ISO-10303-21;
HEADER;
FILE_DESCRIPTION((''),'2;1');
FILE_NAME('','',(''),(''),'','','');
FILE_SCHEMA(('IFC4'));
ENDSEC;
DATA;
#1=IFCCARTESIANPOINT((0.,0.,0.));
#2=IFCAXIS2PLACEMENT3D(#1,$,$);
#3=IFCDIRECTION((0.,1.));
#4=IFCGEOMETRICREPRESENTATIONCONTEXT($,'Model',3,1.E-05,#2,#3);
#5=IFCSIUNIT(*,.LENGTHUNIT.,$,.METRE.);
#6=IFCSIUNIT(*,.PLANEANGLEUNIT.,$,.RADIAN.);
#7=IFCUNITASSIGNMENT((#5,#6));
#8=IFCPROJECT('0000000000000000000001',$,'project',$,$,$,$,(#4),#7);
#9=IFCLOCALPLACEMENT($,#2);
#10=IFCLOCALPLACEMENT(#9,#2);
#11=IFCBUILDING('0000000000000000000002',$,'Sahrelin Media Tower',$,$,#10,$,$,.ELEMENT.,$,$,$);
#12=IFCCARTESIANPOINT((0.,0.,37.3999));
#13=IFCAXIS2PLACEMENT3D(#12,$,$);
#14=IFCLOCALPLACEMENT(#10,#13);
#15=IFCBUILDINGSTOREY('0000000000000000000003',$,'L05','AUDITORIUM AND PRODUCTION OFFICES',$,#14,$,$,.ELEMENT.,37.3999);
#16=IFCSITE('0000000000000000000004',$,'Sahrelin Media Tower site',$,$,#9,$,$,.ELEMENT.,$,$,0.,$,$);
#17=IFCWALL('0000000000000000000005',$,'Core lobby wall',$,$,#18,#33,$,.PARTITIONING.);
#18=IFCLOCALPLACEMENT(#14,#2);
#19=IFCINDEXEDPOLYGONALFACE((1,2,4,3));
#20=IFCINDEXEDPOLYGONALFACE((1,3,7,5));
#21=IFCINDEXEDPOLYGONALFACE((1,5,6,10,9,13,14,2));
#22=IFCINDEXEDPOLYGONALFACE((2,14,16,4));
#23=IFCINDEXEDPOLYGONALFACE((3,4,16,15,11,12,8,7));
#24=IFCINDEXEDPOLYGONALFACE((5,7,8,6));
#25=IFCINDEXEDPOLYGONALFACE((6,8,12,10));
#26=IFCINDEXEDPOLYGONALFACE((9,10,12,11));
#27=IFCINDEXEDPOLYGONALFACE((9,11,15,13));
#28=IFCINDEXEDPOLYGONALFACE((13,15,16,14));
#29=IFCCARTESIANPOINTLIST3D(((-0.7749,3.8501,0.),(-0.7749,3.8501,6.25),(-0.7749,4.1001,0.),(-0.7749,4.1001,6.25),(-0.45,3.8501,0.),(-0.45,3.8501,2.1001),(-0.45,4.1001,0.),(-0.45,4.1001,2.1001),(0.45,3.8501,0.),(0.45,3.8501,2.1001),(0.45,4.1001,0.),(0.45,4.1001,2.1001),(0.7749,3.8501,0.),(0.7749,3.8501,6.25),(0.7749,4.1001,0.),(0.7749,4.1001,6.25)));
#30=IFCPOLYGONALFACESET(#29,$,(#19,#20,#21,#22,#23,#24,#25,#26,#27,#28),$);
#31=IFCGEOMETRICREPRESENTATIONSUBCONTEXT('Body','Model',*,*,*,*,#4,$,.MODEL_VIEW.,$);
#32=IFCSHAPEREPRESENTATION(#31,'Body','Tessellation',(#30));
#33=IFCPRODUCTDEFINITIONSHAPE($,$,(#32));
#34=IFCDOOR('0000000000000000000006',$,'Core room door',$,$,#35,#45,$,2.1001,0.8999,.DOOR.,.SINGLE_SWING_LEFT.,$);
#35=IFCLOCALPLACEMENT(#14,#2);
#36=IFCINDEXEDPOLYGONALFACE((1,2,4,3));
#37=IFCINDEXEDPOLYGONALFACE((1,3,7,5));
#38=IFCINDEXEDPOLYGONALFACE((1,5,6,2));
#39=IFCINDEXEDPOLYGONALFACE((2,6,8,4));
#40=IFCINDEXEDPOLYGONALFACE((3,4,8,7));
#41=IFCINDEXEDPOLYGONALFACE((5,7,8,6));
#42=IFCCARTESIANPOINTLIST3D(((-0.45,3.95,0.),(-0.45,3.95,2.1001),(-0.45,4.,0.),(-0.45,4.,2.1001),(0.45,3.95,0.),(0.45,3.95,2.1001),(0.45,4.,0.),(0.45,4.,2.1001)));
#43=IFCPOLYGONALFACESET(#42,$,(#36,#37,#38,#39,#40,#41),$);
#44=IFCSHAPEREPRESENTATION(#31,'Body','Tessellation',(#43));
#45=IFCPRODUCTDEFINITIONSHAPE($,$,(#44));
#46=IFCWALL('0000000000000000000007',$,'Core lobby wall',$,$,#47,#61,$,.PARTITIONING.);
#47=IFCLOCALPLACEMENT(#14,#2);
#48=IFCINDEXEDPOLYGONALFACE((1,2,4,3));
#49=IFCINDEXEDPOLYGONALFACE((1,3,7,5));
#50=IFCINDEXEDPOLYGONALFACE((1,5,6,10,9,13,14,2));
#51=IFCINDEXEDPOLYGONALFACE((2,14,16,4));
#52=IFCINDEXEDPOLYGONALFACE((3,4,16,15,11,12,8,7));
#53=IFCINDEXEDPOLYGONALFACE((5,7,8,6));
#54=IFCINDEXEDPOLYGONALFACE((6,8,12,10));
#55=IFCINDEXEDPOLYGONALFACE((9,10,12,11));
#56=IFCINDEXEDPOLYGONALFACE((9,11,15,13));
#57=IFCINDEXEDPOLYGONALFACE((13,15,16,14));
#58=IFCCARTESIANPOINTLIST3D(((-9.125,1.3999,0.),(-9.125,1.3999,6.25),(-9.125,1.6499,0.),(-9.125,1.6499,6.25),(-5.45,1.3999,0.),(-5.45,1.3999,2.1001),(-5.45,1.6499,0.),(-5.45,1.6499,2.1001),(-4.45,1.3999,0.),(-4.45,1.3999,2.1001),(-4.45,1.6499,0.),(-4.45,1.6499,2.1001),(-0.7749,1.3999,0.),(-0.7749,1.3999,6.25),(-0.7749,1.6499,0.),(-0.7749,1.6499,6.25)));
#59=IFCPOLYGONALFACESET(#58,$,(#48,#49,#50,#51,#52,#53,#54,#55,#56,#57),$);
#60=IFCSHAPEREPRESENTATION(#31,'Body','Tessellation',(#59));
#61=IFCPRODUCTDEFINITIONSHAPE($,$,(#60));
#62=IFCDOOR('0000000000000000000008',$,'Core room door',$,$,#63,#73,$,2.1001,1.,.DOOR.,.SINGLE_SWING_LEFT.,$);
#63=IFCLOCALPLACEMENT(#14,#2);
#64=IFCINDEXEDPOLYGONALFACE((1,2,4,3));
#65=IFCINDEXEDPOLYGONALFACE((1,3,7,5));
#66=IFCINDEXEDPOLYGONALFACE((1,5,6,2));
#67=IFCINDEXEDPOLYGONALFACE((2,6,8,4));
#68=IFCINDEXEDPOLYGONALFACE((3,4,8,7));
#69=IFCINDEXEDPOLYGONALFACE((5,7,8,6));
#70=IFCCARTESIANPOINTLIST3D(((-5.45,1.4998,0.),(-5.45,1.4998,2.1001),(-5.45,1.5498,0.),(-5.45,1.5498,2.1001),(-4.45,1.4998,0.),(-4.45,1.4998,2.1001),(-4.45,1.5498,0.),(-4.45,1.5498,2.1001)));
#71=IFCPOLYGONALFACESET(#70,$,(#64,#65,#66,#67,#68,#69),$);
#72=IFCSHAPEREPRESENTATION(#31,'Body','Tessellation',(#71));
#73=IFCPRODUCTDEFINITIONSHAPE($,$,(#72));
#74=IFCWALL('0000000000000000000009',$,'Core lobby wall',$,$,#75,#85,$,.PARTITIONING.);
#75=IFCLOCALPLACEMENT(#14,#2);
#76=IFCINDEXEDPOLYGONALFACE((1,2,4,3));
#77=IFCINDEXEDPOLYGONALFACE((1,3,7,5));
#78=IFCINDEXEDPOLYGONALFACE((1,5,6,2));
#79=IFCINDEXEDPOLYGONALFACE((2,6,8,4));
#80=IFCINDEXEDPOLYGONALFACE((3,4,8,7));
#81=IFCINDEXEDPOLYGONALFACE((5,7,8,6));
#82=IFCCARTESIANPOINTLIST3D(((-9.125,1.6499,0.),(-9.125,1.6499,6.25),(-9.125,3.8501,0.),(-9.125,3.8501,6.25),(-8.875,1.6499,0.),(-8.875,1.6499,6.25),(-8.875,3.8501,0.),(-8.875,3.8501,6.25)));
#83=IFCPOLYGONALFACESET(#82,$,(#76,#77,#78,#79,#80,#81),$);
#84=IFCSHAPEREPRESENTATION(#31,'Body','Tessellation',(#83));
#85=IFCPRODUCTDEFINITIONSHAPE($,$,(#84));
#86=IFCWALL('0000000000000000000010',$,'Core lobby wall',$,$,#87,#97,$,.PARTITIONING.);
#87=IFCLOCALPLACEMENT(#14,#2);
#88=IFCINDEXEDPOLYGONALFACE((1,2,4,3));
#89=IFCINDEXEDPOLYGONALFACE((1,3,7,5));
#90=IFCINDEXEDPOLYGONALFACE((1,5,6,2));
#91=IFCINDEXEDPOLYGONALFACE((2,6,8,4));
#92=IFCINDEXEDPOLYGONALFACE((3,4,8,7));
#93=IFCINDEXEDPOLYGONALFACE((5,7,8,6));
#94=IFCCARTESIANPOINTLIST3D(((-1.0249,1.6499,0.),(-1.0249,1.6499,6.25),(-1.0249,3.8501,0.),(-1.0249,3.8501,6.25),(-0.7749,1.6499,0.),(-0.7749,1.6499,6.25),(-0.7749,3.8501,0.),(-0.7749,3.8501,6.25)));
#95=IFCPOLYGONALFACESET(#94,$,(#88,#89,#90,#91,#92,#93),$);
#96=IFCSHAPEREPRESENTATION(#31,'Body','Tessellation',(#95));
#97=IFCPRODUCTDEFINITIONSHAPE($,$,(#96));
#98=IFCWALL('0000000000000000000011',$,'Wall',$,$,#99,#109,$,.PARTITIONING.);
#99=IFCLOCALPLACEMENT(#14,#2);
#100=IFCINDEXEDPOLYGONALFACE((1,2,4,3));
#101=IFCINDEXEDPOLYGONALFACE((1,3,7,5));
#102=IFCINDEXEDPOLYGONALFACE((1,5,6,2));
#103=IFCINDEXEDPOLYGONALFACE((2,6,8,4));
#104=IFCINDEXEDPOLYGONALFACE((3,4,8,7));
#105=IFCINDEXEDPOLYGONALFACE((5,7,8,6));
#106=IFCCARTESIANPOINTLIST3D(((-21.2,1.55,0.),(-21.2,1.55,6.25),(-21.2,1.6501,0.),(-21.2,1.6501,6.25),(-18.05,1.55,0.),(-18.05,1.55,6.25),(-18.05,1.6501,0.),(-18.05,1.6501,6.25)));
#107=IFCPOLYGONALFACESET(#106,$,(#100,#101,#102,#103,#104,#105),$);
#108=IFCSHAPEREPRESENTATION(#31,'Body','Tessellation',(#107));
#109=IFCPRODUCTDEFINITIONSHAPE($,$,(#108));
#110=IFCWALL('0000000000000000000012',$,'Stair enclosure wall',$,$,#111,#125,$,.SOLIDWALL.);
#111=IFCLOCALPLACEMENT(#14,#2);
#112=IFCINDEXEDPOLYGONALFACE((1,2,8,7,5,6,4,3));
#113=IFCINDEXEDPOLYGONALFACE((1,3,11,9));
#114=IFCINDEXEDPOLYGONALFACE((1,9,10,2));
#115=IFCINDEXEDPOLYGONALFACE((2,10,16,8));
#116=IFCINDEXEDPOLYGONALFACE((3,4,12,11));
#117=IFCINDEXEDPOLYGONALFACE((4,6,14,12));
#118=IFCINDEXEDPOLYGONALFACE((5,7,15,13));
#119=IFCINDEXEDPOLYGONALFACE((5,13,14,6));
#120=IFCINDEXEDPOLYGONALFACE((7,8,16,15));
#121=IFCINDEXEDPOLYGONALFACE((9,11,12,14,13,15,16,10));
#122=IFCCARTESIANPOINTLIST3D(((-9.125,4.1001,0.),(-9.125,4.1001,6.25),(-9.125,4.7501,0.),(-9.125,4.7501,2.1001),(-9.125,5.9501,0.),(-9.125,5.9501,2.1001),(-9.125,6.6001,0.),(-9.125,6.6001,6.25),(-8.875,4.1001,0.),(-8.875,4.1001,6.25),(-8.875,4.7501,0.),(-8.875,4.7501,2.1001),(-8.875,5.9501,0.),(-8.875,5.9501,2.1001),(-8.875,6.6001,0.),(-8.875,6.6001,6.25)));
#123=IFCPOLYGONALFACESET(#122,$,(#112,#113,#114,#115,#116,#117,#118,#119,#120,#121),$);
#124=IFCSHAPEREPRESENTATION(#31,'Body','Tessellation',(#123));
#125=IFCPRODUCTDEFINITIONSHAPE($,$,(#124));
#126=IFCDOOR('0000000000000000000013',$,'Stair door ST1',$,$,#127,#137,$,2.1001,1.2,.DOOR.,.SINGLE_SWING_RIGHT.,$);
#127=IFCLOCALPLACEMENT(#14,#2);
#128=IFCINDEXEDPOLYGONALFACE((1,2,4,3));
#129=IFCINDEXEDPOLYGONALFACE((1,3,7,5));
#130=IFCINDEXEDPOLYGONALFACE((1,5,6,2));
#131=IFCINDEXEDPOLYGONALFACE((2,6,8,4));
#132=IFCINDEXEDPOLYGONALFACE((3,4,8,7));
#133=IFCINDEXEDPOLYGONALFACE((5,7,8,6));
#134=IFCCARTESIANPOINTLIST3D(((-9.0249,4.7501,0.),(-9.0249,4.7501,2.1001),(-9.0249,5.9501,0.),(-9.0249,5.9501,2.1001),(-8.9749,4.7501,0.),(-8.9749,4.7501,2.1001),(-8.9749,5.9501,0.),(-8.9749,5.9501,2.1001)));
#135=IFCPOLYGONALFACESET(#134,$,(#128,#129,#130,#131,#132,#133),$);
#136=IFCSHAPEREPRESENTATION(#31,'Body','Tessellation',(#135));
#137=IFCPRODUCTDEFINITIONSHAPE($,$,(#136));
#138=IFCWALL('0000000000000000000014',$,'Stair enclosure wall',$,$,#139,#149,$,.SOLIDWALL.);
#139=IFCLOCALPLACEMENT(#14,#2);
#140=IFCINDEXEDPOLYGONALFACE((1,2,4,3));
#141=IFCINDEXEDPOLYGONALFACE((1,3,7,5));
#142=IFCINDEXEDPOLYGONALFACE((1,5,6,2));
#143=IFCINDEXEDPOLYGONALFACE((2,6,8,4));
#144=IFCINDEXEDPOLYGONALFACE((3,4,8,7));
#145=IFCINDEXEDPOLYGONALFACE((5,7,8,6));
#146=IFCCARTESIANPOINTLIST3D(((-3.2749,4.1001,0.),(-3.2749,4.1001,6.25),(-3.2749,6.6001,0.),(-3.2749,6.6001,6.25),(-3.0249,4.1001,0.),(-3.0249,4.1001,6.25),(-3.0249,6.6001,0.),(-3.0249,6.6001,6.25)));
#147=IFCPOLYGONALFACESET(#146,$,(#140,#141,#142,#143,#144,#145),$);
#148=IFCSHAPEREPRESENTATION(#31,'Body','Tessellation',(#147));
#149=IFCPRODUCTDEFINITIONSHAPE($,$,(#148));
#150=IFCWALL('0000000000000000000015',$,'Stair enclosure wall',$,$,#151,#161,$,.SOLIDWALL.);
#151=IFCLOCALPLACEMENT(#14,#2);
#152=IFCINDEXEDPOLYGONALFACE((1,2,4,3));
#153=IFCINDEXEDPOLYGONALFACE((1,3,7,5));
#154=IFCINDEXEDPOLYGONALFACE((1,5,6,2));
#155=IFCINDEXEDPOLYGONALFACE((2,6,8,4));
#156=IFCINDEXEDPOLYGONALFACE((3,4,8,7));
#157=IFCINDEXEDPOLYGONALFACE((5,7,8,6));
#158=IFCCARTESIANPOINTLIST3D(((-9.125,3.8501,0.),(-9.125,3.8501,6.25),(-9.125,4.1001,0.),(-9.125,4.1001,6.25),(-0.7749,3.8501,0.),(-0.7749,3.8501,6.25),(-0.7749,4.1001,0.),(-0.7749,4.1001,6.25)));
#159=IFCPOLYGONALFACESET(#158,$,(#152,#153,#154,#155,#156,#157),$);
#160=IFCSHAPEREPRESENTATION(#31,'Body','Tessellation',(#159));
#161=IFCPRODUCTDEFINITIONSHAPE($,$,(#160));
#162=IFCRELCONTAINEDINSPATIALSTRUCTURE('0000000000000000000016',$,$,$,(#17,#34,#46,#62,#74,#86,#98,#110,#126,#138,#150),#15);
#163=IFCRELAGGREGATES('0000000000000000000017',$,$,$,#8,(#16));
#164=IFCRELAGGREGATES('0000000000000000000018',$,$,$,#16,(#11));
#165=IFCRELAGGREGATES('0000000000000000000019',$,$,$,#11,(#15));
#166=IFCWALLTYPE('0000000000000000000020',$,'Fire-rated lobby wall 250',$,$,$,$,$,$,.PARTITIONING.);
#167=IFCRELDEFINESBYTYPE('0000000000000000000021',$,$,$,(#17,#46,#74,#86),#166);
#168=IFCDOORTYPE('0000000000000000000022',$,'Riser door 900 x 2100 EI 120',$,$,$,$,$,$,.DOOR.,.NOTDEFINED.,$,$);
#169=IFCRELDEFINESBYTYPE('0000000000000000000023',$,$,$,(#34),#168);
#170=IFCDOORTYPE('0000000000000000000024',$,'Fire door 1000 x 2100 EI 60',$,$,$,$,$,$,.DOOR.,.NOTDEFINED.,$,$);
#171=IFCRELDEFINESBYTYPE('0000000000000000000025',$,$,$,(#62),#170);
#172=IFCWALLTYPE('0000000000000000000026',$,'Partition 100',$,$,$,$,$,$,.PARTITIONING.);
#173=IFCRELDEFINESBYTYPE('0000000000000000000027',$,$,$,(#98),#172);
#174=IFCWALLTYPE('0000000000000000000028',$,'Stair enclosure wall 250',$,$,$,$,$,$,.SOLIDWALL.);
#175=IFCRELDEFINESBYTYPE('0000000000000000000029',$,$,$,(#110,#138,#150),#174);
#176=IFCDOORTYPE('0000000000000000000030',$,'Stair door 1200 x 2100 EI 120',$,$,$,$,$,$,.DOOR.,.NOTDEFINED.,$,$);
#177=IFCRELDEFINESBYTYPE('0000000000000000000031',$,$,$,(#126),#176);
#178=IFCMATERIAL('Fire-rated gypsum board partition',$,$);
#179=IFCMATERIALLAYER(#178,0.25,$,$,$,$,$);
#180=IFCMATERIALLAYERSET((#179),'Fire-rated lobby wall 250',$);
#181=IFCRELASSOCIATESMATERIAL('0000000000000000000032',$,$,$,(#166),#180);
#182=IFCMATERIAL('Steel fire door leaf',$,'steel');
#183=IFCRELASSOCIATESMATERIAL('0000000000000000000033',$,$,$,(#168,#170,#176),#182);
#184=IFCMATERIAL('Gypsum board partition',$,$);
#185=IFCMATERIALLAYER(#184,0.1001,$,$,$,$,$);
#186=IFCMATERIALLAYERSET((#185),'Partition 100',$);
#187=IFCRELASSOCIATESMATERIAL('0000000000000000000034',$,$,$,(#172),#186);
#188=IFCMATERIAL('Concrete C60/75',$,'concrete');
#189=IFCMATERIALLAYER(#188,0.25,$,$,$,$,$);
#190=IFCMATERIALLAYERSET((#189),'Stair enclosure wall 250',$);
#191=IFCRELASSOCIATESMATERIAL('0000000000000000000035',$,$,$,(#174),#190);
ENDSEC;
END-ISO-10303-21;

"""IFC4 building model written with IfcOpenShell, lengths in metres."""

from ifc_helpers import new_model, si_unit, direction, frame, frame_2d, origin, place, context, subcontext, project, spatial, rectangle, extrude, material, layer, layer_set, type_object, element, fill, save


model = new_model("IFC4")

# Units and contexts
model_context = context("Model", 3, precision=1e-05, world=origin(), true_north=direction((0.0, 1.0)))
body_context = subcontext(model_context, "Body", "Model", "MODEL_VIEW")
ifc_project = project(units=[si_unit("LENGTHUNIT", "METRE"), si_unit("PLANEANGLEUNIT", "RADIAN")], contexts=[model_context])

# Site, building, storey
site_placement = place(None, origin())
site = spatial("IfcSite", under=ifc_project, at=site_placement, Name="Sahrelin Media Tower site", CompositionType="ELEMENT", RefElevation=0.0)
building_placement = place(site_placement, origin())
building = spatial("IfcBuilding", under=site, at=building_placement, Name="Sahrelin Media Tower", CompositionType="ELEMENT")
storey_placement = place(building_placement, frame((0.0, 0.0, 37.3999)))
storey = spatial("IfcBuildingStorey", under=building, at=storey_placement, Name="L05", Description="AUDITORIUM AND PRODUCTION OFFICES", CompositionType="ELEMENT", Elevation=37.3999)

# Walls, openings, doors
ifc_material_1 = material(Name="Fire-rated gypsum board partition")
ifc_layer_1 = layer(ifc_material_1, 0.25)
ifc_layer_set_1 = layer_set([ifc_layer_1], Name="Fire-rated lobby wall 250")
wall_type_1 = type_object("IfcWallType", Name="Fire-rated lobby wall 250", PredefinedType="PARTITIONING", material=ifc_layer_set_1)
wall_1_placement = place(storey_placement, frame((-0.7749, 3.9751, 0.0), z_axis=(0.0, 0.0, 1.0), x_axis=(1.0, 0.0, 0.0)))
wall_1 = element("IfcWall", 1, at=wall_1_placement, inside=storey, type_object=wall_type_1, Name="Core lobby wall", PredefinedType="PARTITIONING", context=body_context, shape_type="SweptSolid", body=[
    extrude(rectangle(XDim=1.5498, YDim=0.25, at=frame_2d((0.7749, 0.0))), origin(), (0.0, 0.0, 1.0), 6.25),
])
opening_1_placement = place(wall_1_placement, frame((0.325, 0.0, 0.0)))
opening_1 = element("IfcOpeningElement", 2, at=opening_1_placement, cuts=wall_1, PredefinedType="OPENING", context=body_context, shape_type="SweptSolid", body=[
    extrude(rectangle(XDim=0.8999, YDim=2.1001, at=frame_2d((0.45, 1.05))), frame((0.0, 0.125, 0.0), z_axis=(0.0, -1.0, 0.0), x_axis=(1.0, 0.0, 0.0)), (0.0, 0.0, 1.0), 0.25),
])
ifc_material_2 = material(Name="Steel fire door leaf", Category="steel")
door_type_1 = type_object("IfcDoorType", Name="Riser door 900 x 2100 EI 120", OperationType="NOTDEFINED", PredefinedType="DOOR", material=ifc_material_2)
door_1_placement = place(opening_1_placement, origin())
door_1 = element("IfcDoor", 3, at=door_1_placement, inside=storey, type_object=door_type_1, Name="Core room door", OperationType="SINGLE_SWING_LEFT", OverallHeight=2.1001, OverallWidth=0.8999, PredefinedType="DOOR", context=body_context, shape_type="SweptSolid", body=[
    extrude(rectangle(XDim=0.8999, YDim=2.1001, at=frame_2d((0.45, 1.05))), frame((0.0, 0.0249, 0.0), z_axis=(0.0, -1.0, 0.0), x_axis=(1.0, 0.0, 0.0)), (0.0, 0.0, 1.0), 0.05),
])
fill(opening_1, door_1)
wall_2_placement = place(storey_placement, frame((-9.125, 1.5249, 0.0), z_axis=(0.0, 0.0, 1.0), x_axis=(1.0, 0.0, 0.0)))
wall_2 = element("IfcWall", 4, at=wall_2_placement, inside=storey, type_object=wall_type_1, Name="Core lobby wall", PredefinedType="PARTITIONING", context=body_context, shape_type="SweptSolid", body=[
    extrude(rectangle(XDim=8.3501, YDim=0.25, at=frame_2d((4.175, 0.0))), origin(), (0.0, 0.0, 1.0), 6.25),
])
opening_2_placement = place(wall_2_placement, frame((3.675, 0.0, 0.0)))
opening_2 = element("IfcOpeningElement", 5, at=opening_2_placement, cuts=wall_2, PredefinedType="OPENING", context=body_context, shape_type="SweptSolid", body=[
    extrude(rectangle(XDim=1.0, YDim=2.1001, at=frame_2d((0.5, 1.05))), frame((0.0, 0.125, 0.0), z_axis=(0.0, -1.0, 0.0), x_axis=(1.0, 0.0, 0.0)), (0.0, 0.0, 1.0), 0.25),
])
door_type_2 = type_object("IfcDoorType", Name="Fire door 1000 x 2100 EI 60", OperationType="NOTDEFINED", PredefinedType="DOOR", material=ifc_material_2)
door_2_placement = place(opening_2_placement, origin())
door_2 = element("IfcDoor", 6, at=door_2_placement, inside=storey, type_object=door_type_2, Name="Core room door", OperationType="SINGLE_SWING_LEFT", OverallHeight=2.1001, OverallWidth=1.0, PredefinedType="DOOR", context=body_context, shape_type="SweptSolid", body=[
    extrude(rectangle(XDim=1.0, YDim=2.1001, at=frame_2d((0.5, 1.05))), frame((0.0, 0.0249, 0.0), z_axis=(0.0, -1.0, 0.0), x_axis=(1.0, 0.0, 0.0)), (0.0, 0.0, 1.0), 0.05),
])
fill(opening_2, door_2)

# Walls
for number, where, z_axis, x_axis, name in (
    (7, (-9.0, 1.6499, 0.0), (0.0, 0.0, 1.0), (0.0, 1.0, 0.0), "Core lobby wall"),
    (8, (-0.8999, 1.6499, 0.0), (0.0, 0.0, 1.0), (0.0, 1.0, 0.0), "Core lobby wall"),
):
    element("IfcWall", number, at=place(storey_placement, frame(where, z_axis=z_axis, x_axis=x_axis)), inside=storey, type_object=wall_type_1, Name=name, PredefinedType="PARTITIONING", context=body_context, shape_type="SweptSolid", body=[
        extrude(rectangle(XDim=2.2002, YDim=0.25, at=frame_2d((1.1001, 0.0))), origin(), (0.0, 0.0, 1.0), 6.25),
    ])
ifc_material_3 = material(Name="Gypsum board partition")
ifc_layer_2 = layer(ifc_material_3, 0.1001)
ifc_layer_set_2 = layer_set([ifc_layer_2], Name="Partition 100")
wall_type_2 = type_object("IfcWallType", Name="Partition 100", PredefinedType="PARTITIONING", material=ifc_layer_set_2)
wall_3_placement = place(storey_placement, frame((-18.05, 1.6001, 0.0), z_axis=(0.0, 0.0, 1.0), x_axis=(-1.0, 0.0, 0.0)))
element("IfcWall", 9, at=wall_3_placement, inside=storey, type_object=wall_type_2, Name="Wall", PredefinedType="PARTITIONING", context=body_context, shape_type="SweptSolid", body=[
    extrude(rectangle(XDim=3.1499, YDim=0.1001, at=frame_2d((1.575, 0.0))), origin(), (0.0, 0.0, 1.0), 6.25),
])

# Wall, opening, door
ifc_material_4 = material(Name="Concrete C60/75", Category="concrete")
ifc_layer_3 = layer(ifc_material_4, 0.25)
ifc_layer_set_3 = layer_set([ifc_layer_3], Name="Stair enclosure wall 250")
wall_type_3 = type_object("IfcWallType", Name="Stair enclosure wall 250", PredefinedType="SOLIDWALL", material=ifc_layer_set_3)
wall_4_placement = place(storey_placement, frame((-9.0, 4.1001, 0.0), z_axis=(0.0, 0.0, 1.0), x_axis=(0.0, 1.0, 0.0)))
wall_4 = element("IfcWall", 10, at=wall_4_placement, inside=storey, type_object=wall_type_3, Name="Stair enclosure wall", PredefinedType="SOLIDWALL", context=body_context, shape_type="SweptSolid", body=[
    extrude(rectangle(XDim=2.5, YDim=0.25, at=frame_2d((1.25, 0.0))), origin(), (0.0, 0.0, 1.0), 6.25),
])
opening_3_placement = place(wall_4_placement, frame((0.6499, 0.0, 0.0)))
opening_3 = element("IfcOpeningElement", 11, at=opening_3_placement, cuts=wall_4, PredefinedType="OPENING", context=body_context, shape_type="SweptSolid", body=[
    extrude(rectangle(XDim=1.2, YDim=2.1001, at=frame_2d((0.6001, 1.05))), frame((0.0, 0.125, 0.0), z_axis=(0.0, -1.0, 0.0), x_axis=(1.0, 0.0, 0.0)), (0.0, 0.0, 1.0), 0.25),
])
door_type_3 = type_object("IfcDoorType", Name="Stair door 1200 x 2100 EI 120", OperationType="NOTDEFINED", PredefinedType="DOOR", material=ifc_material_2)
door_3_placement = place(opening_3_placement, origin())
door_3 = element("IfcDoor", 12, at=door_3_placement, inside=storey, type_object=door_type_3, Name="Stair door ST1", OperationType="SINGLE_SWING_RIGHT", OverallHeight=2.1001, OverallWidth=1.2, PredefinedType="DOOR", context=body_context, shape_type="SweptSolid", body=[
    extrude(rectangle(XDim=1.2, YDim=2.1001, at=frame_2d((0.6001, 1.05))), frame((0.0, 0.0249, 0.0), z_axis=(0.0, -1.0, 0.0), x_axis=(1.0, 0.0, 0.0)), (0.0, 0.0, 1.0), 0.05),
])
fill(opening_3, door_3)

# Walls
wall_5_placement = place(storey_placement, frame((-3.1499, 4.1001, 0.0), z_axis=(0.0, 0.0, 1.0), x_axis=(0.0, 1.0, 0.0)))
element("IfcWall", 13, at=wall_5_placement, inside=storey, type_object=wall_type_3, Name="Stair enclosure wall", PredefinedType="SOLIDWALL", context=body_context, shape_type="SweptSolid", body=[
    extrude(rectangle(XDim=2.5, YDim=0.25, at=frame_2d((1.25, 0.0))), origin(), (0.0, 0.0, 1.0), 6.25),
])
wall_6_placement = place(storey_placement, frame((-9.125, 3.9751, 0.0), z_axis=(0.0, 0.0, 1.0), x_axis=(1.0, 0.0, 0.0)))
element("IfcWall", 14, at=wall_6_placement, inside=storey, type_object=wall_type_3, Name="Stair enclosure wall", PredefinedType="SOLIDWALL", context=body_context, shape_type="SweptSolid", body=[
    extrude(rectangle(XDim=8.3501, YDim=0.25, at=frame_2d((4.175, 0.0))), origin(), (0.0, 0.0, 1.0), 6.25),
])

save(model, "model.ifc")
